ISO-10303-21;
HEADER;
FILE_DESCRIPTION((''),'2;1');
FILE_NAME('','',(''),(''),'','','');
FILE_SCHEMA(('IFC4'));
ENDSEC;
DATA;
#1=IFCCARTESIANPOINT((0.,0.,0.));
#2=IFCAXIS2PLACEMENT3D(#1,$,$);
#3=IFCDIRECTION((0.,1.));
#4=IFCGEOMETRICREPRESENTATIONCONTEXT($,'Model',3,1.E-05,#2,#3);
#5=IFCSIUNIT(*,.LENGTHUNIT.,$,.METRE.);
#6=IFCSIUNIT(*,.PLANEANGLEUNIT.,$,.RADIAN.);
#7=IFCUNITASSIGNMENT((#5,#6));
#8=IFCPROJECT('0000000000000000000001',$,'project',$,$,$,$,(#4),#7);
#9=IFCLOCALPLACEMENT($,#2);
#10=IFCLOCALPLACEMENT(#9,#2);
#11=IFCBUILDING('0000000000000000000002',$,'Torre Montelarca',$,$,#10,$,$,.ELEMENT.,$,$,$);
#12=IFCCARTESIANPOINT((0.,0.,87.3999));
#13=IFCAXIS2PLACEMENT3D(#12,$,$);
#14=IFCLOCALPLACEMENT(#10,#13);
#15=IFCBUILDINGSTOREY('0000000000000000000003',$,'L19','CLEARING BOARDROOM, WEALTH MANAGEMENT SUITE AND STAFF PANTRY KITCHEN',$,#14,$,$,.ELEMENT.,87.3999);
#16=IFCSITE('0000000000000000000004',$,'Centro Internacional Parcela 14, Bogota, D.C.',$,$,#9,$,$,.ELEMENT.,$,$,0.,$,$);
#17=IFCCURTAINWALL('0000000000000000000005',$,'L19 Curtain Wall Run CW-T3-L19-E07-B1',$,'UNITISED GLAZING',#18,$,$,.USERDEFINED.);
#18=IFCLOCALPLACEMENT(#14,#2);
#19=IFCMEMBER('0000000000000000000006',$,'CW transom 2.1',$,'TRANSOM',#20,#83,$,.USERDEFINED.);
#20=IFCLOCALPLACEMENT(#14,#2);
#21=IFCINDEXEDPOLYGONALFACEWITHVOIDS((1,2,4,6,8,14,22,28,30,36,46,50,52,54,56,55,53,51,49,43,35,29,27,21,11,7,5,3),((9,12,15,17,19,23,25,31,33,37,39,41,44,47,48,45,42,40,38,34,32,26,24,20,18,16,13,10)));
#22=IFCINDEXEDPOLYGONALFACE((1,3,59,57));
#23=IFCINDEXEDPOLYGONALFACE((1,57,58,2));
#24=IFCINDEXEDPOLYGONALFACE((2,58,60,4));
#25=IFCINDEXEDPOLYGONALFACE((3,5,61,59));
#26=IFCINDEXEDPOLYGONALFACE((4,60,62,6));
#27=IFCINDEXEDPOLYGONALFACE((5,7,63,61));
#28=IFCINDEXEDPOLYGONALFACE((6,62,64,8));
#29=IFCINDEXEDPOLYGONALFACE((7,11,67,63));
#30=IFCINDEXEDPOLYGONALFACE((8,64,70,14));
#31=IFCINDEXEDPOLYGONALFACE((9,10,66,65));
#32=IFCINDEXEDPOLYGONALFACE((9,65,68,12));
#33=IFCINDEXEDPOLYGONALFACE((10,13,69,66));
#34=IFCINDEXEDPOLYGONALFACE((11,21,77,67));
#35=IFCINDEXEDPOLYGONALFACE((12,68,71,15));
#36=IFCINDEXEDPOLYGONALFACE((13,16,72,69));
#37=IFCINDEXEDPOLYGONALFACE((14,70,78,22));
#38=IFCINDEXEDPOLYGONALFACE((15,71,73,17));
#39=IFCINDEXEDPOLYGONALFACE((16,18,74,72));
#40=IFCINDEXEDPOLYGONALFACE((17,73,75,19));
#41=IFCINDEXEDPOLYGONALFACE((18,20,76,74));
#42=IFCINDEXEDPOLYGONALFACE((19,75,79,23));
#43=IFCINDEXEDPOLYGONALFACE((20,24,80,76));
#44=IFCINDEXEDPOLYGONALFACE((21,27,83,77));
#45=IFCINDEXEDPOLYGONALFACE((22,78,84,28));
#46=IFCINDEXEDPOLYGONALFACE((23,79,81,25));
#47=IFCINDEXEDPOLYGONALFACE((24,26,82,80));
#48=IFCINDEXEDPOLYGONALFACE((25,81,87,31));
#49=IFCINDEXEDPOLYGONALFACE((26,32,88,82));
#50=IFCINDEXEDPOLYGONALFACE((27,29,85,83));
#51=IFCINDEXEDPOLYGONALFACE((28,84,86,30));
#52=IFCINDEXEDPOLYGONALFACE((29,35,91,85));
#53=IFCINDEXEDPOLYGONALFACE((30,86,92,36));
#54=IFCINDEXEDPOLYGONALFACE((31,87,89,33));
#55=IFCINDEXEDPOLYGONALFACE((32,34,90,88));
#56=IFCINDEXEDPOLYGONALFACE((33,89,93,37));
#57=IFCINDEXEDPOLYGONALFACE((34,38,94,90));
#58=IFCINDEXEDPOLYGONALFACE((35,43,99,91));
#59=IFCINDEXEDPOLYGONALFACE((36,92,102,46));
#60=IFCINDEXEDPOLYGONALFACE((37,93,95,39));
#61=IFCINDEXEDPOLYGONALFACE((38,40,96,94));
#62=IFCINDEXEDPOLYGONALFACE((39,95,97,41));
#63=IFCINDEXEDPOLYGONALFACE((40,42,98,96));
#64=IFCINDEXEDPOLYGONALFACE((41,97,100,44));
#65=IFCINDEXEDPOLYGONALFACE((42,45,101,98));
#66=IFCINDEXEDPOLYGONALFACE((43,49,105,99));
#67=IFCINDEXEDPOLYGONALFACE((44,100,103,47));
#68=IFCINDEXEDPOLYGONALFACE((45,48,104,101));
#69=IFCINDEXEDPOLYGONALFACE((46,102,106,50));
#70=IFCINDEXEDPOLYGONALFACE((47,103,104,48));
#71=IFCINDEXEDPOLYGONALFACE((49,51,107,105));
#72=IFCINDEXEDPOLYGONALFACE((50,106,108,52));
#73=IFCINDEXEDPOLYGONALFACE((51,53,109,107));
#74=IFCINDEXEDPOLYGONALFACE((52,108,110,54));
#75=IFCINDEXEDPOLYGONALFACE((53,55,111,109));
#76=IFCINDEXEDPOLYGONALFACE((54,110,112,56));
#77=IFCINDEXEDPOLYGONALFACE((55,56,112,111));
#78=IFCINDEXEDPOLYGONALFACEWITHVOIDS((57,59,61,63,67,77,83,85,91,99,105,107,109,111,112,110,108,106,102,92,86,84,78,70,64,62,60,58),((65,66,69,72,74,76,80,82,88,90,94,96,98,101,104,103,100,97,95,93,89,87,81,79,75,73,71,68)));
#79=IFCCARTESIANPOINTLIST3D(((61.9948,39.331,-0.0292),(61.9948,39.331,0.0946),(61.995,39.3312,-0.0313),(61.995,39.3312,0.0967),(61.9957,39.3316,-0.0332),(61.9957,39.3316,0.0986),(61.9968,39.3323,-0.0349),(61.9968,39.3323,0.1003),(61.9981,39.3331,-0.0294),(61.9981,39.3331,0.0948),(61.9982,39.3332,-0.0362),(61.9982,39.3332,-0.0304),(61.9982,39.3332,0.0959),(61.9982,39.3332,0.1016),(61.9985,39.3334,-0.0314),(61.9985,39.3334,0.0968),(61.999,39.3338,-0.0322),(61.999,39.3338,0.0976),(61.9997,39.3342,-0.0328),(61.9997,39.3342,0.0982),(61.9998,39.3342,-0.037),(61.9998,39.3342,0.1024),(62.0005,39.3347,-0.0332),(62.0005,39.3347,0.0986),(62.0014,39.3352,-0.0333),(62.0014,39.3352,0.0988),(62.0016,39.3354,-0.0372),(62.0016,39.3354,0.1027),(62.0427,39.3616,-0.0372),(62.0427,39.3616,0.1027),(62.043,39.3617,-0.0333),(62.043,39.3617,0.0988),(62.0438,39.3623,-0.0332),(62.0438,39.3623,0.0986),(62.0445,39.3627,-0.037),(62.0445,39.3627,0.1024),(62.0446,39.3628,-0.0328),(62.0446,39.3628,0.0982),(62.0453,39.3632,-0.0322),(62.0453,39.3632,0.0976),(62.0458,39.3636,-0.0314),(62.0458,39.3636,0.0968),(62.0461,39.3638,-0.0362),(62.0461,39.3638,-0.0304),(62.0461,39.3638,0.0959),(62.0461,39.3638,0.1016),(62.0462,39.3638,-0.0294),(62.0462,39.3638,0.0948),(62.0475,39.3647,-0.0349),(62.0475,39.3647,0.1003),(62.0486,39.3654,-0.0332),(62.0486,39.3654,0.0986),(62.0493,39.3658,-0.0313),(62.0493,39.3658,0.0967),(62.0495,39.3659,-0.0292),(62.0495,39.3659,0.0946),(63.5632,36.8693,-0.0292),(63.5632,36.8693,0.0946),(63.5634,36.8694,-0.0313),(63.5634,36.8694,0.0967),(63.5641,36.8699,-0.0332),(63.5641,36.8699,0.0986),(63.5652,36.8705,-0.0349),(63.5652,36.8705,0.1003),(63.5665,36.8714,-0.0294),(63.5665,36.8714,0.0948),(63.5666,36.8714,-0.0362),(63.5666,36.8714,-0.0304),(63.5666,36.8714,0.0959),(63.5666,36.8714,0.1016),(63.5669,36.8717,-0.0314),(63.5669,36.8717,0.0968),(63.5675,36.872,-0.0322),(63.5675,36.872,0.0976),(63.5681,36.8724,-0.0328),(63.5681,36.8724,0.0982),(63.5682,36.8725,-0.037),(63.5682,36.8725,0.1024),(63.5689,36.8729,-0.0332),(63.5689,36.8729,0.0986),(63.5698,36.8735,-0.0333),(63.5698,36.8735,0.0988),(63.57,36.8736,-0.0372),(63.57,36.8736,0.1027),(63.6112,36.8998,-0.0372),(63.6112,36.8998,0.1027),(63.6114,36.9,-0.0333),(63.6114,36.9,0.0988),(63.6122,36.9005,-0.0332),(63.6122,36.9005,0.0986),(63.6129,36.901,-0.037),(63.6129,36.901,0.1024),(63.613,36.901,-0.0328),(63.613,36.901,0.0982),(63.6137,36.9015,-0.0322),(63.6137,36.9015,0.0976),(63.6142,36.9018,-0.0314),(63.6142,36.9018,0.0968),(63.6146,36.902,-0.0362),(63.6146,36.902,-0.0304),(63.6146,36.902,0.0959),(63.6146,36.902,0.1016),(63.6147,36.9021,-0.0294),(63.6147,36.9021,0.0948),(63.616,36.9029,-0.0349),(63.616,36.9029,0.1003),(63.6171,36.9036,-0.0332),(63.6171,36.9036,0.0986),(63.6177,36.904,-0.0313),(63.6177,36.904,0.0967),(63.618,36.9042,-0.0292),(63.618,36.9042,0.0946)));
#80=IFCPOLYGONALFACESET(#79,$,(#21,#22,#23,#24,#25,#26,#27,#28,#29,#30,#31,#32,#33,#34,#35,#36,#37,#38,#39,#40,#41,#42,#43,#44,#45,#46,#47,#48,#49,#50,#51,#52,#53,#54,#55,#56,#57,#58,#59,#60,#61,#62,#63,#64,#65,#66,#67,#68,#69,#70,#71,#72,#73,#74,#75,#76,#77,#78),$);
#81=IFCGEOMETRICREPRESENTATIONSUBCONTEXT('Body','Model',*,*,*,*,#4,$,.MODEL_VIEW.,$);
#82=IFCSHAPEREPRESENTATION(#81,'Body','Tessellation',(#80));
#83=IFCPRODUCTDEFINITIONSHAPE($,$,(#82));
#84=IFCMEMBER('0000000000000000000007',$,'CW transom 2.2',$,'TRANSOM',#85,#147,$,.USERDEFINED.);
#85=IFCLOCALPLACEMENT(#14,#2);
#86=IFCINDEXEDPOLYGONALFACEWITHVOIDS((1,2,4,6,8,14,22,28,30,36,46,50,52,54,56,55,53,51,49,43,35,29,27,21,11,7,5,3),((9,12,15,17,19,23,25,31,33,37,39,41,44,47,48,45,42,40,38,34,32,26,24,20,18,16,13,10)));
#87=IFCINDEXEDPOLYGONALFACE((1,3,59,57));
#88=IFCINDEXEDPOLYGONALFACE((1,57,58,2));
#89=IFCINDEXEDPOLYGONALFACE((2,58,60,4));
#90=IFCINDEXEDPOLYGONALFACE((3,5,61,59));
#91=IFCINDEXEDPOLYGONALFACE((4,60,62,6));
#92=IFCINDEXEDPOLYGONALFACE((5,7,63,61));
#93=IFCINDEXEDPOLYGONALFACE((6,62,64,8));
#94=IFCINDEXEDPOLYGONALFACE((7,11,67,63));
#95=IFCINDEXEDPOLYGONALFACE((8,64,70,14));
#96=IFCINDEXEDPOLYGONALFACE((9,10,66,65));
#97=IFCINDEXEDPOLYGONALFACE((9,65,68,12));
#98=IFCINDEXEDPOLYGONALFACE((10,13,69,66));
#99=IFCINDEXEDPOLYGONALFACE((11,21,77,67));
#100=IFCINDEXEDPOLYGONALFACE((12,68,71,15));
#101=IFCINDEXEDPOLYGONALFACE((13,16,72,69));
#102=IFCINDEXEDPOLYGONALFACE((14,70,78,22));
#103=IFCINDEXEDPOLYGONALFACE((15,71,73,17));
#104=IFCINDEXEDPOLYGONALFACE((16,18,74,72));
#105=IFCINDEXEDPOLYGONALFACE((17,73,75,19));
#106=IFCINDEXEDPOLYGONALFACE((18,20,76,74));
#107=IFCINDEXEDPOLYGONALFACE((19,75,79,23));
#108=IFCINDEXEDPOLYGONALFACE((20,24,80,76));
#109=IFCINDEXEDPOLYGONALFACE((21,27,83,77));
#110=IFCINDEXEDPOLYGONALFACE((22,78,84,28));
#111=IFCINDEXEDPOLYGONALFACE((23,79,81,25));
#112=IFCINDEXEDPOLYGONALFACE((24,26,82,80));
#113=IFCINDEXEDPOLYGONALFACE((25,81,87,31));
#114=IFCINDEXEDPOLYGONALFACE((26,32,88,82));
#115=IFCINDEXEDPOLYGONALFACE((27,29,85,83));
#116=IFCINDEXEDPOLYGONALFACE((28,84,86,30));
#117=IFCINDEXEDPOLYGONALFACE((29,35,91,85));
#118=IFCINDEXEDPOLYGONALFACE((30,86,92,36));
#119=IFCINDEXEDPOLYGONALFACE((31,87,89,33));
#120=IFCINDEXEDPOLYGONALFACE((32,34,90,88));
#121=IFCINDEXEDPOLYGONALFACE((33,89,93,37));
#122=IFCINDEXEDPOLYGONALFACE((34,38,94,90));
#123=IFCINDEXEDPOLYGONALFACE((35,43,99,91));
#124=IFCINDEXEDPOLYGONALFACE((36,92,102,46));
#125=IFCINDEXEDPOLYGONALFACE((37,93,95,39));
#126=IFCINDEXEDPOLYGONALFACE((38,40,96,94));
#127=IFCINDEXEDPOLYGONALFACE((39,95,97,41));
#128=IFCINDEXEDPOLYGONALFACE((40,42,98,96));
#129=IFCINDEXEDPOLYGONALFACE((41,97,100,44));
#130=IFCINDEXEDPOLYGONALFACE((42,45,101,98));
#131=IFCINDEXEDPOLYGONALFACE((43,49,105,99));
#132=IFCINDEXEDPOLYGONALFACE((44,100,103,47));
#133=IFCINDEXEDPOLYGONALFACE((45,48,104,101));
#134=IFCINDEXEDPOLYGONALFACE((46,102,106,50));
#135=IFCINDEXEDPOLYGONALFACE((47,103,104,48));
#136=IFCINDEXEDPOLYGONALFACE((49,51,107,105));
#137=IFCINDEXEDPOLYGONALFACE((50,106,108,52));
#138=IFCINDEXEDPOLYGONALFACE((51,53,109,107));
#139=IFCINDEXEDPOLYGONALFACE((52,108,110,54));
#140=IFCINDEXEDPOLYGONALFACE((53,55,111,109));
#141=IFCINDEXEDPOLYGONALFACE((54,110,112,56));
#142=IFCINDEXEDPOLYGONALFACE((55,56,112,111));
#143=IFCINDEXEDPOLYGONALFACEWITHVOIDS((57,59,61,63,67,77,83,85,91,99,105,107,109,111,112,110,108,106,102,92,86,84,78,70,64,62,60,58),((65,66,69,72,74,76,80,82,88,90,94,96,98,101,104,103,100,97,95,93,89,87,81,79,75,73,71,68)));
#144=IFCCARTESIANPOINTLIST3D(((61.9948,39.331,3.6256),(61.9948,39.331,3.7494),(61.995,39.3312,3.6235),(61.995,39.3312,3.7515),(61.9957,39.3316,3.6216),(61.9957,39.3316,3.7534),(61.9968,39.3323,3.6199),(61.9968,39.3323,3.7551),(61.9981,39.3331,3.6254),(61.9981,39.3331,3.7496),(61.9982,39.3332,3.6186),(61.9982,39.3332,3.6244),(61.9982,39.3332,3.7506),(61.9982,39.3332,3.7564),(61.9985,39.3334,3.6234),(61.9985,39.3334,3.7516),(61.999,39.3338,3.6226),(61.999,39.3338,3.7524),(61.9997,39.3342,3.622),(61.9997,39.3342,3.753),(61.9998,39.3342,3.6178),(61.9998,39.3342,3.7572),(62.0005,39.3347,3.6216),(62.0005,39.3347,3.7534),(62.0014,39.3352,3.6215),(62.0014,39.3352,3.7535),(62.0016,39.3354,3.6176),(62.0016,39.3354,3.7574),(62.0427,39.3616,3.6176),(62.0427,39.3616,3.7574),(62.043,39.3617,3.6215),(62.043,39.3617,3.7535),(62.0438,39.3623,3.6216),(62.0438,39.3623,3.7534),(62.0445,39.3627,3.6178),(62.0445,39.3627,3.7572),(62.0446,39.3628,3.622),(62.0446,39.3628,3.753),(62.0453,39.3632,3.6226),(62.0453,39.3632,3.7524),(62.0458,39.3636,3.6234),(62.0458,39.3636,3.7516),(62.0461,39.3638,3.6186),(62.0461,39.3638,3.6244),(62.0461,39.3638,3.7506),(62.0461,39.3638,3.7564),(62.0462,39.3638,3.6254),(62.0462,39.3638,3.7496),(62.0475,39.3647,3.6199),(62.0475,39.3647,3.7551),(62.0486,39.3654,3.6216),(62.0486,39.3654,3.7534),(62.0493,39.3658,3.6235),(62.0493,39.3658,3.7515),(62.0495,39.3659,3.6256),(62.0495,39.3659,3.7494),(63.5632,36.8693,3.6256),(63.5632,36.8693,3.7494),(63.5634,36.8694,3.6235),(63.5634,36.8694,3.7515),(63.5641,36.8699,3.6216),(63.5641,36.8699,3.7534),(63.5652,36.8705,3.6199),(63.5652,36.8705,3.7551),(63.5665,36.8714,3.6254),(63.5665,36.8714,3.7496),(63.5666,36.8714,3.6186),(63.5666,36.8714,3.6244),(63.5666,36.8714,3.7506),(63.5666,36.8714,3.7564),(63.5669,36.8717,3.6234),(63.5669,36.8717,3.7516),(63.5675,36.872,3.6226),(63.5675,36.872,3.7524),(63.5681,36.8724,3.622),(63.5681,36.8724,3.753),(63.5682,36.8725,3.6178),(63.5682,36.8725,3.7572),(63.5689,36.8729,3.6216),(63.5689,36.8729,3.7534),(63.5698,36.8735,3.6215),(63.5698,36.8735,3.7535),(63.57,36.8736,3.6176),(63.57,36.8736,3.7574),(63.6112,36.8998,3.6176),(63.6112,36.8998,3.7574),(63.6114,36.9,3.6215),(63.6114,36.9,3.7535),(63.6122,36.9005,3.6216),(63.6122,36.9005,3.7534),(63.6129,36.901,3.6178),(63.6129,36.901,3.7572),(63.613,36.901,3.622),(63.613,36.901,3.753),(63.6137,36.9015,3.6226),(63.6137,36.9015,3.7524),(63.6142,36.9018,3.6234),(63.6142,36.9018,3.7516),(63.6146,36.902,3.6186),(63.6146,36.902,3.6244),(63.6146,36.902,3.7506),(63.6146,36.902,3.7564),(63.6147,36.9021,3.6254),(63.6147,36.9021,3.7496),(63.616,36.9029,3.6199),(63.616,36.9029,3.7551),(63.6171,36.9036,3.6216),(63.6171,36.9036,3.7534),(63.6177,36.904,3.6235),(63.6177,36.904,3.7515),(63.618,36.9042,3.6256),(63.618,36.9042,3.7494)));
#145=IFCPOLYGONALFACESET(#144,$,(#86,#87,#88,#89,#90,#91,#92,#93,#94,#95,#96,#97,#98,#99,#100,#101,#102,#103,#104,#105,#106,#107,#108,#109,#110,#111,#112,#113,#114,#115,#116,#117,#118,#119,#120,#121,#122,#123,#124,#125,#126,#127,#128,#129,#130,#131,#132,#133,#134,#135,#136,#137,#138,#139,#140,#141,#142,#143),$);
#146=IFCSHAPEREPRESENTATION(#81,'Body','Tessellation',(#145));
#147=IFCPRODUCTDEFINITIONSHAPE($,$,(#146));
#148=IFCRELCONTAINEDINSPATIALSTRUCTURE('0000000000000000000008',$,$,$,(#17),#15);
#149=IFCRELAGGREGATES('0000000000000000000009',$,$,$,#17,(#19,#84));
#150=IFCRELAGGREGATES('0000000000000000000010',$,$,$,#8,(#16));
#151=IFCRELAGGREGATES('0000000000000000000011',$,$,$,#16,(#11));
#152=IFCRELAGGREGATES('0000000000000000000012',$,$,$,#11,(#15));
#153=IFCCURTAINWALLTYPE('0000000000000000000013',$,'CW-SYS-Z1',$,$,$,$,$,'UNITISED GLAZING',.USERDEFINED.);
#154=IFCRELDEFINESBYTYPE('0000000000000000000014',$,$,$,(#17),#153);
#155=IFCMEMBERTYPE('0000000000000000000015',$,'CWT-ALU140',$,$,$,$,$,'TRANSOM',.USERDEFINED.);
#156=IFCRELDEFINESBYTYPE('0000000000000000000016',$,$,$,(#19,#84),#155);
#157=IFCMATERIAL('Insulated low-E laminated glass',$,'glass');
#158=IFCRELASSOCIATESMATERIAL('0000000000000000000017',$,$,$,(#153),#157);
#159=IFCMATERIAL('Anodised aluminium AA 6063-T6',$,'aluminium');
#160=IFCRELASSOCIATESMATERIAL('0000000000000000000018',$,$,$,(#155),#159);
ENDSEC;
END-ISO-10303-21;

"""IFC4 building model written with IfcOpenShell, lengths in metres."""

from ifc_helpers import new_model, si_unit, direction, frame, origin, origin_2d, place, context, subcontext, project, spatial, hollow_rectangle, extrude, source, transform, mapped, material, material_profile, profile_set, type_object, element, aggregate, save


model = new_model("IFC4")

# Units and contexts
model_context = context("Model", 3, precision=1e-05, world=origin(), true_north=direction((0.0, 1.0)))
body_context = subcontext(model_context, "Body", "Model", "MODEL_VIEW")
ifc_project = project(units=[si_unit("LENGTHUNIT", "METRE"), si_unit("PLANEANGLEUNIT", "RADIAN")], contexts=[model_context])

# Site, building, storey
site_placement = place(None, origin())
site = spatial("IfcSite", under=ifc_project, at=site_placement, Name="Centro Internacional Parcela 14, Bogota, D.C.", CompositionType="ELEMENT", RefElevation=0.0)
building_placement = place(site_placement, origin())
building = spatial("IfcBuilding", under=site, at=building_placement, Name="Torre Montelarca", CompositionType="ELEMENT")
storey_placement = place(building_placement, frame((0.0, 0.0, 87.3999)))
storey = spatial("IfcBuildingStorey", under=building, at=storey_placement, Name="L19", Description="CLEARING BOARDROOM, WEALTH MANAGEMENT SUITE AND STAFF PANTRY KITCHEN", CompositionType="ELEMENT", Elevation=87.3999)

# Curtain wall, members
ifc_material_1 = material(Name="Insulated low-E laminated glass", Category="glass")
curtain_wall_type = type_object("IfcCurtainWallType", Name="CW-SYS-Z1", ElementType="UNITISED GLAZING", PredefinedType="USERDEFINED", material=ifc_material_1)
curtain_wall_1_placement = place(storey_placement, origin())
curtain_wall_1 = element("IfcCurtainWall", 1, at=curtain_wall_1_placement, inside=storey, type_object=curtain_wall_type, Name="L19 Curtain Wall Run CW-T3-L19-E07-B1", ObjectType="UNITISED GLAZING", PredefinedType="USERDEFINED")
ifc_material_2 = material(Name="Anodised aluminium AA 6063-T6", Category="aluminium")
ifc_material_profile_1 = material_profile(ifc_material_2, hollow_rectangle(XDim=0.0649, YDim=0.1399, WallThickness=0.0039, InnerFilletRadius=0.0039, OuterFilletRadius=0.0081, at=origin_2d()), Name="ALU65X140X4", Category="aluminium")
ifc_profile_set_1 = profile_set([ifc_material_profile_1], Name="Anodised aluminium AA 6063-T6")
member_type_1 = type_object("IfcMemberType", Name="CWT-ALU140", ElementType="TRANSOM", PredefinedType="USERDEFINED", material=ifc_profile_set_1)
shared_shape_1 = source(origin(), body_context, "Body", "SweptSolid", [
    extrude(hollow_rectangle(XDim=0.0649, YDim=0.1399, WallThickness=0.0039, InnerFilletRadius=0.0039, OuterFilletRadius=0.0081, at=origin_2d()), origin(), (0.0, 0.0, 1.0), 2.9189),
])
member_1_placement = place(storey_placement, frame((63.5906, 36.8867, 0.0327), z_axis=(-0.537325, 0.843376, 0.0), x_axis=(-0.843376, -0.537325, 0.0)))
member_1 = element("IfcMember", 2, at=member_1_placement, type_object=member_type_1, Name="CW transom 2.1", ObjectType="TRANSOM", PredefinedType="USERDEFINED", context=body_context, shape_type="MappedRepresentation", body=[
    mapped(shared_shape_1, transform((0.0, 0.0, 0.0), scale=1.0)),
])
member_2_placement = place(storey_placement, frame((63.5906, 36.8867, 3.6875), z_axis=(-0.537325, 0.843376, 0.0), x_axis=(-0.843376, -0.537325, 0.0)))
member_2 = element("IfcMember", 3, at=member_2_placement, type_object=member_type_1, Name="CW transom 2.2", ObjectType="TRANSOM", PredefinedType="USERDEFINED", context=body_context, shape_type="MappedRepresentation", body=[
    mapped(shared_shape_1, transform((0.0, 0.0, 0.0), scale=1.0)),
])

aggregate(curtain_wall_1, [member_1, member_2])

save(model, "model.ifc")
